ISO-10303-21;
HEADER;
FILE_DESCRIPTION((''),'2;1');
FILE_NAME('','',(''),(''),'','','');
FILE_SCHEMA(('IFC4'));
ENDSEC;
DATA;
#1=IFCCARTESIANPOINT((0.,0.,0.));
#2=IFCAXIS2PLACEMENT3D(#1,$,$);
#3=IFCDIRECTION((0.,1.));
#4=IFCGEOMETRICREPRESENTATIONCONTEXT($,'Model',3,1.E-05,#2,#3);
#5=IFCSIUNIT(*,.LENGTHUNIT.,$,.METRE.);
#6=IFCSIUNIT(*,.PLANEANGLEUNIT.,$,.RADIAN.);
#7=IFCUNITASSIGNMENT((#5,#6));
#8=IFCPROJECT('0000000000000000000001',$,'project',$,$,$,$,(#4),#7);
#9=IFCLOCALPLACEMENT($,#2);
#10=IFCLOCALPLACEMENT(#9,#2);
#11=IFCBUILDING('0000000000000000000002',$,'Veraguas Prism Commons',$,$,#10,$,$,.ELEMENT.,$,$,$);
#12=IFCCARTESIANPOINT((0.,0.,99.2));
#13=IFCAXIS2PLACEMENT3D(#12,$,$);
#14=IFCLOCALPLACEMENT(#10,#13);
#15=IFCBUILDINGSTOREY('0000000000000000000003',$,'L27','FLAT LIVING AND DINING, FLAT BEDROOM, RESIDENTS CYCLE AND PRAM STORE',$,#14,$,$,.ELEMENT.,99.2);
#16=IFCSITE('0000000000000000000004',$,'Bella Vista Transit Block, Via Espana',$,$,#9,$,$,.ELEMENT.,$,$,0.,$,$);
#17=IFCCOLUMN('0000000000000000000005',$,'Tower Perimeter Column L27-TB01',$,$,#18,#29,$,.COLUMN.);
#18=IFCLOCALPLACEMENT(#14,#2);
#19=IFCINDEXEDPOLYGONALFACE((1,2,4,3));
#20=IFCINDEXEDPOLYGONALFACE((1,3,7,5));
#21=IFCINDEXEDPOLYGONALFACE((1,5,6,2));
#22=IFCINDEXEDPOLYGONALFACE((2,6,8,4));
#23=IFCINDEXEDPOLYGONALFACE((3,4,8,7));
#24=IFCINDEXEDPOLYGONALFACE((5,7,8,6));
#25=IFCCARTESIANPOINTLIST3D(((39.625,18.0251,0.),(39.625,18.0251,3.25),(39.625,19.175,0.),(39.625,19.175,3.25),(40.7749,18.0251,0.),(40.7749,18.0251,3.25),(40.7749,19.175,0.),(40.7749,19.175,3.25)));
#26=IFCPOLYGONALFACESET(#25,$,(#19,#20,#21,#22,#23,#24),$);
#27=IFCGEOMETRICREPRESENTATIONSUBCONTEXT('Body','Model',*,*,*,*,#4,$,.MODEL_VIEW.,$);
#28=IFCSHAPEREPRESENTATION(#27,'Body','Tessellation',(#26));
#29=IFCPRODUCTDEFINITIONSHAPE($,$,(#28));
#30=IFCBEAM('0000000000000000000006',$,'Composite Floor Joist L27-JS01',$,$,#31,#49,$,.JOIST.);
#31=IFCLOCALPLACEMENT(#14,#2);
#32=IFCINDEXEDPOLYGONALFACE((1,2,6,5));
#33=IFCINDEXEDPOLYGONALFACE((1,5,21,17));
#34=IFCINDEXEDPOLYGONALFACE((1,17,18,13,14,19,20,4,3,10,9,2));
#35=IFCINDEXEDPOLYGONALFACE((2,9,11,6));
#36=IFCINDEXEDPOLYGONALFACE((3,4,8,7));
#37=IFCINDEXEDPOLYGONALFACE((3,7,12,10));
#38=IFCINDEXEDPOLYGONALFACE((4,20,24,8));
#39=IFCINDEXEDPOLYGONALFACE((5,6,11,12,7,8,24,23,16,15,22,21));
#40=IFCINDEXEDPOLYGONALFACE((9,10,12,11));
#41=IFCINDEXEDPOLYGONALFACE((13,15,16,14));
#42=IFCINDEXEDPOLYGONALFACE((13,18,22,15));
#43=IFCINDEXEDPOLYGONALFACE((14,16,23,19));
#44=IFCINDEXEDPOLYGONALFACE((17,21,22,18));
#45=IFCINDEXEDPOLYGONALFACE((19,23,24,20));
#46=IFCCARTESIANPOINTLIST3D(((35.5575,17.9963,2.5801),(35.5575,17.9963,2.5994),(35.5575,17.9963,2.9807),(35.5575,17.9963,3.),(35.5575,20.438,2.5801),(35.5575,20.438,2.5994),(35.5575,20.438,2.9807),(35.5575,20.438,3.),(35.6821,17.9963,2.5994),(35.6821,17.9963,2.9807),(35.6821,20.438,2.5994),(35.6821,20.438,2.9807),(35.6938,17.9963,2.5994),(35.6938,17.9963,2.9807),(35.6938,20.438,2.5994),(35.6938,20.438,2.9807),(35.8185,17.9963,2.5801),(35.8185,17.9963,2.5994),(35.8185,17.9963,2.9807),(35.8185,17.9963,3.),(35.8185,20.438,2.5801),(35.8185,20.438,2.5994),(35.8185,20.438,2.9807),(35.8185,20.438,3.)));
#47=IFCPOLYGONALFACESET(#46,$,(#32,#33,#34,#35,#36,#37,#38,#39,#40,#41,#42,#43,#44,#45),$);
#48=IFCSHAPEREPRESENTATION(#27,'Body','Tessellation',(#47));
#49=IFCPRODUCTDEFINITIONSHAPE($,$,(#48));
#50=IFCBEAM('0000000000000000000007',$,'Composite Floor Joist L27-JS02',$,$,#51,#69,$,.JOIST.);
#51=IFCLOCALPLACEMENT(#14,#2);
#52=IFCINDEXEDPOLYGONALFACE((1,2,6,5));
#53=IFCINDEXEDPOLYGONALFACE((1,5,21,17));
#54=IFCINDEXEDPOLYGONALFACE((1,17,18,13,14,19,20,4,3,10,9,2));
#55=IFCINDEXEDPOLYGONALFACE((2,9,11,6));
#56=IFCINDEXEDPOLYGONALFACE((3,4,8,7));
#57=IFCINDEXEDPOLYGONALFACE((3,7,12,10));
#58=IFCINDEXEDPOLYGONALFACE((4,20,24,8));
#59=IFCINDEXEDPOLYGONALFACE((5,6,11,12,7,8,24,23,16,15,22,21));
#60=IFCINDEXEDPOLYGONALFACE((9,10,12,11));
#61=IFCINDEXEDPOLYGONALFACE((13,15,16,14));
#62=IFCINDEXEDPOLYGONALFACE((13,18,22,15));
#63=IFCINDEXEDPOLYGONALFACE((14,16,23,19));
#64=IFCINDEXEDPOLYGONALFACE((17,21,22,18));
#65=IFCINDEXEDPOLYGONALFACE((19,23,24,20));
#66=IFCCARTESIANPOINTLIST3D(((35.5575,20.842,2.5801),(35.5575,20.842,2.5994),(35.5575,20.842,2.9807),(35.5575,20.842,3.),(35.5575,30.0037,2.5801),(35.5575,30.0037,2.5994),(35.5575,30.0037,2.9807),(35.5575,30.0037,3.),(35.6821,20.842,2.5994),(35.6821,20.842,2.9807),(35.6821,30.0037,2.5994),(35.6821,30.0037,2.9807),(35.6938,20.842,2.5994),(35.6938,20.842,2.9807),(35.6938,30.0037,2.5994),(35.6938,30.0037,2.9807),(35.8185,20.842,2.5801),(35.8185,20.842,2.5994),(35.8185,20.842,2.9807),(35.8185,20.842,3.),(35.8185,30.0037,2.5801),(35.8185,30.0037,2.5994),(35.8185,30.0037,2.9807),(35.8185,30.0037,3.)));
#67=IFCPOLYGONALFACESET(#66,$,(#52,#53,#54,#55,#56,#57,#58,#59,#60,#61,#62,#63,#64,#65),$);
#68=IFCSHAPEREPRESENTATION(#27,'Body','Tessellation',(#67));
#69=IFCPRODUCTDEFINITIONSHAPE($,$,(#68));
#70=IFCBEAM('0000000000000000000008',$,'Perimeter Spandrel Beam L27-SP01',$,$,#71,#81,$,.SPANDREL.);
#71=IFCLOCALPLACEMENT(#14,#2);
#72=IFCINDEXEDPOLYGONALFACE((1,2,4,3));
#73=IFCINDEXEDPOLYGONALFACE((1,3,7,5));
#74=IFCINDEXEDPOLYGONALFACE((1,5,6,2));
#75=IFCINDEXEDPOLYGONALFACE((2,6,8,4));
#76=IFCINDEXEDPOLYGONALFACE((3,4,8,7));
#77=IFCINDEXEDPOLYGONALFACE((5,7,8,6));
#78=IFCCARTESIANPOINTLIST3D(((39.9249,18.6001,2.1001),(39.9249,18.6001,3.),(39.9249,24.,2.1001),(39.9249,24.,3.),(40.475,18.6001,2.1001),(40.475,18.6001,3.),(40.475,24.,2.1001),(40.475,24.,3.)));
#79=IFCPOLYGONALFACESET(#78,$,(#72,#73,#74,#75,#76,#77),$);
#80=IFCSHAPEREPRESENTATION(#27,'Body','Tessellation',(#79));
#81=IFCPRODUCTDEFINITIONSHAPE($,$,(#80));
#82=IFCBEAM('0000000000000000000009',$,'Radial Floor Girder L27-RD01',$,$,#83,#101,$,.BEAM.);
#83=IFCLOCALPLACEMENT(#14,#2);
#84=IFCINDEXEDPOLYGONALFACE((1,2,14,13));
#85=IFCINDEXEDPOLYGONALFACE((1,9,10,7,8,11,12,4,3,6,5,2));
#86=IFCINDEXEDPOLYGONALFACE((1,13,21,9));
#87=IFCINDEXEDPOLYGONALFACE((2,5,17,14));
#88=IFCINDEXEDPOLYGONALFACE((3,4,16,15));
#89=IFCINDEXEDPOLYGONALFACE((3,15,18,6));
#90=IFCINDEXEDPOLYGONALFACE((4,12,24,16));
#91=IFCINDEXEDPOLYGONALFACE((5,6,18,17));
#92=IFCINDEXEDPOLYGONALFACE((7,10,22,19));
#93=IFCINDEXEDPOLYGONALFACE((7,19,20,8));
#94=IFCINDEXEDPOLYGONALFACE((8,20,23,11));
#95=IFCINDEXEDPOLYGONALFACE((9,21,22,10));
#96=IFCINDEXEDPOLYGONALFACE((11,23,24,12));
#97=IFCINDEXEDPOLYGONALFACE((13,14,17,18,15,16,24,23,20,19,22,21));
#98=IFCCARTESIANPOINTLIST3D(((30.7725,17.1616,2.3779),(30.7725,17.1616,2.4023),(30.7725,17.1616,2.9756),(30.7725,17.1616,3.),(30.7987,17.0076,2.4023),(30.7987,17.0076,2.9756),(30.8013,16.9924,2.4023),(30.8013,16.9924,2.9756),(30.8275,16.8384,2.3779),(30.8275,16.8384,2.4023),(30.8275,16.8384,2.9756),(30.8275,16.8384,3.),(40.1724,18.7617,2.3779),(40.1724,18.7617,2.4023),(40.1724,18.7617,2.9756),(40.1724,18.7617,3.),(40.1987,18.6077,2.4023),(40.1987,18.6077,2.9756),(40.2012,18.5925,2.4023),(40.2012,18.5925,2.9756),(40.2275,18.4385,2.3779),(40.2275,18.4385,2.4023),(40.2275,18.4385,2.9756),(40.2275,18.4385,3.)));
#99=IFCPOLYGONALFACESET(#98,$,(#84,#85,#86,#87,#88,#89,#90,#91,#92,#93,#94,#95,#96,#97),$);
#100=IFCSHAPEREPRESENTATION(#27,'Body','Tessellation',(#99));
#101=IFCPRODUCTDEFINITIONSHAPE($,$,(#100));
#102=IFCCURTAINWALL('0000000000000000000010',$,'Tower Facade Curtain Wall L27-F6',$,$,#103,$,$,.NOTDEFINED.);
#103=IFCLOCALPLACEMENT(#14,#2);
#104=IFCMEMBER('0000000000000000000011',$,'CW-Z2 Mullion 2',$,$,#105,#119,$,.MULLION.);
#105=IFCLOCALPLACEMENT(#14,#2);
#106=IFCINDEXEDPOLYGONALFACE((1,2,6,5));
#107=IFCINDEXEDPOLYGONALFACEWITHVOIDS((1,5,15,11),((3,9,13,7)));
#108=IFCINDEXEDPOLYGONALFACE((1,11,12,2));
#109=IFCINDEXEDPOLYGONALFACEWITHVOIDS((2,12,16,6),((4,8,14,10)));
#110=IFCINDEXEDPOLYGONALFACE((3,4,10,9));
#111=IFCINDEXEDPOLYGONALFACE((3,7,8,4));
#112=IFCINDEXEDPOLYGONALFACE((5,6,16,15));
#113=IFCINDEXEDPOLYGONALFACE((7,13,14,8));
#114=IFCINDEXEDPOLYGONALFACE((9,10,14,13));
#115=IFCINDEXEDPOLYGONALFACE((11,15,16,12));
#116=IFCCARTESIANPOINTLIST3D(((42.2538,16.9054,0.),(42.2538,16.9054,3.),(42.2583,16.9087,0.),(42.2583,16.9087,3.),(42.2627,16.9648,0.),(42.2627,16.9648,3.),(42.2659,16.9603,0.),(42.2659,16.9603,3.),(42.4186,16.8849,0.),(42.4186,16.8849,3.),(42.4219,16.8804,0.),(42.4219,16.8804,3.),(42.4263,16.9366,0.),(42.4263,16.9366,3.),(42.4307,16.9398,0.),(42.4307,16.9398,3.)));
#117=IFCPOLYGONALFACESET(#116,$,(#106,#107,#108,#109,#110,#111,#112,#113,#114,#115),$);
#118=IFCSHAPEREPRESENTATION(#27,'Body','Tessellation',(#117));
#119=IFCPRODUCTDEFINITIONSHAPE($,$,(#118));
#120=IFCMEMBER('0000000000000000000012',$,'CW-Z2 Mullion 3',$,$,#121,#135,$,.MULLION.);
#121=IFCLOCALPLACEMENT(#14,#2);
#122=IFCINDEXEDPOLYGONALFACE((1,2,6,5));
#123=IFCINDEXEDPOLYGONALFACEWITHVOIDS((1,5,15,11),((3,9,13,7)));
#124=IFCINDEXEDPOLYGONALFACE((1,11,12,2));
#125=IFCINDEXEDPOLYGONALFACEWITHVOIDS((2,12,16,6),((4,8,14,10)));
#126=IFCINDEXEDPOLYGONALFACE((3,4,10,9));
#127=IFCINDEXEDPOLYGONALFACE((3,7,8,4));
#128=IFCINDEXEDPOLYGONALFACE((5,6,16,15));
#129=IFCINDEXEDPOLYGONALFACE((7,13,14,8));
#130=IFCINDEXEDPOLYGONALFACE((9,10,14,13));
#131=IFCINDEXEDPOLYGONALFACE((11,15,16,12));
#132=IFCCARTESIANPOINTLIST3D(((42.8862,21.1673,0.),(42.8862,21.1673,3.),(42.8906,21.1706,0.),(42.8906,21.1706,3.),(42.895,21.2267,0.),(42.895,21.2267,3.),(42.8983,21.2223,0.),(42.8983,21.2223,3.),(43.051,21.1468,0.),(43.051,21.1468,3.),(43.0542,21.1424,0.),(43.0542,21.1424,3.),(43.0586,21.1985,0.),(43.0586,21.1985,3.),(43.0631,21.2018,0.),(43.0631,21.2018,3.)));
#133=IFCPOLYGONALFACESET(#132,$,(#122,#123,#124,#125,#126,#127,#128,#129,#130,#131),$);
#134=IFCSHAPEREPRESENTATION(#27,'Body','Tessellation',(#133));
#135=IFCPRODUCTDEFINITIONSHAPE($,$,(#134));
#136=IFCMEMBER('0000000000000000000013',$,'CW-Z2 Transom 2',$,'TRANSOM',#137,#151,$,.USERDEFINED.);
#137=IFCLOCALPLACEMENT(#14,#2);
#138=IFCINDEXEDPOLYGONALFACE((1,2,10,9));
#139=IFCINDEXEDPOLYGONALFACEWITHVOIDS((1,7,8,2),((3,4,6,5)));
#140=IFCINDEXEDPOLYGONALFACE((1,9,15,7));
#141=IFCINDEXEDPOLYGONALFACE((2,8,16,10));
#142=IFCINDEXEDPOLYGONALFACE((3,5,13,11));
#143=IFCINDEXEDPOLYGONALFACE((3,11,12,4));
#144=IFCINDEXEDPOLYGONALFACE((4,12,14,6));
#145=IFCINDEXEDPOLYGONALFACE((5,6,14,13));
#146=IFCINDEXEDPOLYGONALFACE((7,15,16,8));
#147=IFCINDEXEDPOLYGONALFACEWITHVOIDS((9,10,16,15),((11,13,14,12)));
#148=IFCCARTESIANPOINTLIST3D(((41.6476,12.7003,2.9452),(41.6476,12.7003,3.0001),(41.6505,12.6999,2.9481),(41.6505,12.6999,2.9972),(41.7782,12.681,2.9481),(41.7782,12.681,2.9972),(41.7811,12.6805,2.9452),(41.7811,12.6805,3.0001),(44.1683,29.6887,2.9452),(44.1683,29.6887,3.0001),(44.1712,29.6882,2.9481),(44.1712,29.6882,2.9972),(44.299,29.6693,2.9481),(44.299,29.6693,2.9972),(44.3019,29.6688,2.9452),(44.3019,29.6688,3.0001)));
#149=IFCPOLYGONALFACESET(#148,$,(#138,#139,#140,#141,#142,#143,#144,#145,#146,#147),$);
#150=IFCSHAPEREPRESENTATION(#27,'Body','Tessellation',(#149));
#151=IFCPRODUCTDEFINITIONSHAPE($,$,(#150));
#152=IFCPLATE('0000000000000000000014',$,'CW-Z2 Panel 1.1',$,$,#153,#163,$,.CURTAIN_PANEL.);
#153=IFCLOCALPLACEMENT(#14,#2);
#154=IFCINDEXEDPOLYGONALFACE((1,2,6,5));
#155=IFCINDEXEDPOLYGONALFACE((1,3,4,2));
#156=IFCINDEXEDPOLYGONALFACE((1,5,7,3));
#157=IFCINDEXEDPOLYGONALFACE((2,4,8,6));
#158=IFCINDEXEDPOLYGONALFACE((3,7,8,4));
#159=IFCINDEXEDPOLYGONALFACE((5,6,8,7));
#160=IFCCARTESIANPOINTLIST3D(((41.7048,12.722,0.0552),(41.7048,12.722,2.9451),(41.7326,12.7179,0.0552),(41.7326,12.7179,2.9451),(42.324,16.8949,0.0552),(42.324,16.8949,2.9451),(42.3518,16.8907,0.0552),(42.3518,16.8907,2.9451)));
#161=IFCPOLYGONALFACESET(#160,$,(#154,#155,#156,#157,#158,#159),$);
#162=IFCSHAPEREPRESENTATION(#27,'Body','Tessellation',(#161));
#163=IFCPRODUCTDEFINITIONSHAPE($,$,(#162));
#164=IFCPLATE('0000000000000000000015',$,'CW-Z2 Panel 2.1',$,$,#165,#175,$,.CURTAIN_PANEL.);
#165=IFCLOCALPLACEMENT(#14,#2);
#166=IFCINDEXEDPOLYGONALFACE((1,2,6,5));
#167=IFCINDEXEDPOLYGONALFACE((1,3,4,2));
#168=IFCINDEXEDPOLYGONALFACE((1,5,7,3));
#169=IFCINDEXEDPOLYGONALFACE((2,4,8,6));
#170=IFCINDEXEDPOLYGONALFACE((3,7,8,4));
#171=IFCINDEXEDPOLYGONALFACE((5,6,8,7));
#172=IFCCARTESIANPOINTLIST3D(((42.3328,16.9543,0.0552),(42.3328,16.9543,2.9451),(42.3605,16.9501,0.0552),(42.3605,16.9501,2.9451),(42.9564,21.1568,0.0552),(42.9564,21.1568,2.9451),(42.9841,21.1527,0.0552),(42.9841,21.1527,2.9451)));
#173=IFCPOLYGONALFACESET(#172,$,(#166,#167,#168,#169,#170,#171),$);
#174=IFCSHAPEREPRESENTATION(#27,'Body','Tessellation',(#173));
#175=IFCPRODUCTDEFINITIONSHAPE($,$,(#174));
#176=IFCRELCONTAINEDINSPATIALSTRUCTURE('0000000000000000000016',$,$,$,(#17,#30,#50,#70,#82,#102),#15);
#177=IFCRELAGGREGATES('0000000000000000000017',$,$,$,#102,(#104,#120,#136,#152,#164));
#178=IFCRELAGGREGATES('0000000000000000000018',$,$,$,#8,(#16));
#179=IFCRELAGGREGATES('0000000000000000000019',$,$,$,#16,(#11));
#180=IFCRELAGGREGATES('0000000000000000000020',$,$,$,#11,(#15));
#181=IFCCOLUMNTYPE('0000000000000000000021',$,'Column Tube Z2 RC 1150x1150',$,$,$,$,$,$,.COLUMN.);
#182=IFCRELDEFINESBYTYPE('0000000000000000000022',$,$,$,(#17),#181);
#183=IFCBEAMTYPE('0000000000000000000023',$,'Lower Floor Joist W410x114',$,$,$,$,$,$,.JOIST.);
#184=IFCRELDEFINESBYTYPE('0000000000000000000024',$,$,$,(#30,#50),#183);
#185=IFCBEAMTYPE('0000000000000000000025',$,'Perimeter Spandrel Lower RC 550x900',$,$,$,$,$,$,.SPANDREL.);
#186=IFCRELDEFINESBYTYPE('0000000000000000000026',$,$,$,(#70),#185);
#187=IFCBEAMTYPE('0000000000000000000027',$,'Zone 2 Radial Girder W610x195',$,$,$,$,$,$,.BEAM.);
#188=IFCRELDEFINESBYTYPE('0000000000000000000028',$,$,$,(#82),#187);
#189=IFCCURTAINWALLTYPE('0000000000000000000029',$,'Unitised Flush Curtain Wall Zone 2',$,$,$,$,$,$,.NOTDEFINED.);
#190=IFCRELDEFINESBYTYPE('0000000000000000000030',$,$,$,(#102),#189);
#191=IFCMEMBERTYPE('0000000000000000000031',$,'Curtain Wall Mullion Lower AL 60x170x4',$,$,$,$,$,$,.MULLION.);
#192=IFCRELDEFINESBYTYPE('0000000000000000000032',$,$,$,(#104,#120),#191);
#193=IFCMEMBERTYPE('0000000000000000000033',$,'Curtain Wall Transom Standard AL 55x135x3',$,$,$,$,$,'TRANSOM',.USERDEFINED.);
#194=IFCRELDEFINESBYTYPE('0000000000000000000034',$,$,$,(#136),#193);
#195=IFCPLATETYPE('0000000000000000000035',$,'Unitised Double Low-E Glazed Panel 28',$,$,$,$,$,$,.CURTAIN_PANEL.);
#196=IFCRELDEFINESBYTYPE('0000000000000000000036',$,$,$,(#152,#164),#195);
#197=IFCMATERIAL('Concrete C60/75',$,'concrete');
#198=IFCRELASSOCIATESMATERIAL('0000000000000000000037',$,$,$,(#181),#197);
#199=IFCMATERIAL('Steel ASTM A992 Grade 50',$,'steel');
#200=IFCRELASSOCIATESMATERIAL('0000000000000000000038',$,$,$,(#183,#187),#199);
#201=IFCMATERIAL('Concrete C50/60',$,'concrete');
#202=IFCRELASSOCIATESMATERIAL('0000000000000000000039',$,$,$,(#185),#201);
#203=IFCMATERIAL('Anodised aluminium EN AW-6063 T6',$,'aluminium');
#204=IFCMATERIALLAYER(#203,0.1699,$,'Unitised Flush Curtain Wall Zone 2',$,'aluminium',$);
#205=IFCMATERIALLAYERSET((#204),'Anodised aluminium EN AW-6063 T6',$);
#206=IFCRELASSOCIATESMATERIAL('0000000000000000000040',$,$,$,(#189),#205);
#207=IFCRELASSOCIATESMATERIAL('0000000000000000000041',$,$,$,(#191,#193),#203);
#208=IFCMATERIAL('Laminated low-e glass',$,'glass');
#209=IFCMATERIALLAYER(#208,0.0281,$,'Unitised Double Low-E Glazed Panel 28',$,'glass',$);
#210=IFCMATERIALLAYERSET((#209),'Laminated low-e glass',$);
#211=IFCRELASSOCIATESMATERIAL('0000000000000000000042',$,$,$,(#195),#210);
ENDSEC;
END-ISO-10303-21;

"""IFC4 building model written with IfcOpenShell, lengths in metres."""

from ifc_helpers import new_model, si_unit, direction, frame, origin, origin_2d, place, context, subcontext, project, spatial, rectangle, hollow_rectangle, i_section, extrude, source, transform, mapped, material, layer, layer_set, material_profile, profile_set, type_object, element, aggregate, save


model = new_model("IFC4")

# Units and contexts
model_context = context("Model", 3, precision=1e-05, world=origin(), true_north=direction((0.0, 1.0)))
body_context = subcontext(model_context, "Body", "Model", "MODEL_VIEW")
ifc_project = project(units=[si_unit("LENGTHUNIT", "METRE"), si_unit("PLANEANGLEUNIT", "RADIAN")], contexts=[model_context])

# Site, building, storey
site_placement = place(None, origin())
site = spatial("IfcSite", under=ifc_project, at=site_placement, Name="Bella Vista Transit Block, Via Espana", CompositionType="ELEMENT", RefElevation=0.0)
building_placement = place(site_placement, origin())
building = spatial("IfcBuilding", under=site, at=building_placement, Name="Veraguas Prism Commons", CompositionType="ELEMENT")
storey_placement = place(building_placement, frame((0.0, 0.0, 99.2)))
storey = spatial("IfcBuildingStorey", under=building, at=storey_placement, Name="L27", Description="FLAT LIVING AND DINING, FLAT BEDROOM, RESIDENTS CYCLE AND PRAM STORE", CompositionType="ELEMENT", Elevation=99.2)

# Column
ifc_material_1 = material(Name="Concrete C60/75", Category="concrete")
ifc_material_profile_1 = material_profile(ifc_material_1, rectangle(XDim=1.1499, YDim=1.1499, at=origin_2d()), Name="RC1150X1150")
ifc_profile_set_1 = profile_set([ifc_material_profile_1], Name="Concrete C60/75")
column_type = type_object("IfcColumnType", Name="Column Tube Z2 RC 1150x1150", PredefinedType="COLUMN", material=ifc_profile_set_1)
column_placement = place(storey_placement, frame((40.2, 18.6001, 0.0), z_axis=(0.0, 0.0, 1.0), x_axis=(1.0, 0.0, 0.0)))
element("IfcColumn", 1, at=column_placement, inside=storey, type_object=column_type, Name="Tower Perimeter Column L27-TB01", PredefinedType="COLUMN", context=body_context, shape_type="SweptSolid", body=[
    extrude(rectangle(XDim=1.1499, YDim=1.1499, at=origin_2d()), origin(), (0.0, 0.0, 1.0), 3.25),
])

# Beams
ifc_material_2 = material(Name="Steel ASTM A992 Grade 50", Category="steel")
ifc_material_profile_2 = material_profile(ifc_material_2, i_section(OverallWidth=0.261, OverallDepth=0.4199, WebThickness=0.0117, FlangeThickness=0.0193, at=origin_2d()), Name="W410X114")
ifc_profile_set_2 = profile_set([ifc_material_profile_2], Name="Steel ASTM A992 Grade 50")
beam_type_1 = type_object("IfcBeamType", Name="Lower Floor Joist W410x114", PredefinedType="JOIST", material=ifc_profile_set_2)
beam_1_placement = place(storey_placement, frame((35.688, 17.9963, 2.79), z_axis=(0.0, 1.0, 0.0), x_axis=(-1.0, 0.0, 0.0)))
element("IfcBeam", 2, at=beam_1_placement, inside=storey, type_object=beam_type_1, Name="Composite Floor Joist L27-JS01", PredefinedType="JOIST", context=body_context, shape_type="SweptSolid", body=[
    extrude(i_section(OverallWidth=0.261, OverallDepth=0.4199, WebThickness=0.0117, FlangeThickness=0.0193, at=origin_2d()), origin(), (0.0, 0.0, 1.0), 2.4417),
])
beam_2_placement = place(storey_placement, frame((35.688, 20.842, 2.79), z_axis=(0.0, 1.0, 0.0), x_axis=(-1.0, 0.0, 0.0)))
element("IfcBeam", 3, at=beam_2_placement, inside=storey, type_object=beam_type_1, Name="Composite Floor Joist L27-JS02", PredefinedType="JOIST", context=body_context, shape_type="SweptSolid", body=[
    extrude(i_section(OverallWidth=0.261, OverallDepth=0.4199, WebThickness=0.0117, FlangeThickness=0.0193, at=origin_2d()), origin(), (0.0, 0.0, 1.0), 9.1616),
])
ifc_material_3 = material(Name="Concrete C50/60", Category="concrete")
ifc_material_profile_3 = material_profile(ifc_material_3, rectangle(XDim=0.55, YDim=0.8999, at=origin_2d()), Name="RC550X900")
ifc_profile_set_3 = profile_set([ifc_material_profile_3], Name="Concrete C50/60")
beam_type_2 = type_object("IfcBeamType", Name="Perimeter Spandrel Lower RC 550x900", PredefinedType="SPANDREL", material=ifc_profile_set_3)
beam_3_placement = place(storey_placement, frame((40.2, 18.6001, 2.55), z_axis=(0.0, 1.0, 0.0), x_axis=(-1.0, 0.0, 0.0)))
element("IfcBeam", 4, at=beam_3_placement, inside=storey, type_object=beam_type_2, Name="Perimeter Spandrel Beam L27-SP01", PredefinedType="SPANDREL", context=body_context, shape_type="SweptSolid", body=[
    extrude(rectangle(XDim=0.55, YDim=0.8999, at=origin_2d()), origin(), (0.0, 0.0, 1.0), 5.3999),
])
ifc_material_profile_4 = material_profile(ifc_material_2, i_section(OverallWidth=0.3279, OverallDepth=0.6221, WebThickness=0.0154, FlangeThickness=0.0244, at=origin_2d()), Name="W610X195")
ifc_profile_set_4 = profile_set([ifc_material_profile_4], Name="Steel ASTM A992 Grade 50")
beam_type_3 = type_object("IfcBeamType", Name="Zone 2 Radial Girder W610x195", PredefinedType="BEAM", material=ifc_profile_set_4)
beam_4_placement = place(storey_placement, frame((40.2, 18.6001, 2.689), z_axis=(-0.985819, -0.167811, 0.0), x_axis=(0.167811, -0.985819, 0.0)))
element("IfcBeam", 5, at=beam_4_placement, inside=storey, type_object=beam_type_3, Name="Radial Floor Girder L27-RD01", PredefinedType="BEAM", context=body_context, shape_type="SweptSolid", body=[
    extrude(i_section(OverallWidth=0.3279, OverallDepth=0.6221, WebThickness=0.0154, FlangeThickness=0.0244, at=origin_2d()), origin(), (0.0, 0.0, 1.0), 9.5352),
])

# Curtain wall, members, plates
ifc_material_4 = material(Name="Anodised aluminium EN AW-6063 T6", Category="aluminium")
ifc_layer_1 = layer(ifc_material_4, 0.1699, Name="Unitised Flush Curtain Wall Zone 2", Category="aluminium")
ifc_layer_set_1 = layer_set([ifc_layer_1], Name="Anodised aluminium EN AW-6063 T6")
curtain_wall_type = type_object("IfcCurtainWallType", Name="Unitised Flush Curtain Wall Zone 2", PredefinedType="NOTDEFINED", material=ifc_layer_set_1)
curtain_wall_placement = place(storey_placement, origin())
curtain_wall = element("IfcCurtainWall", 6, at=curtain_wall_placement, inside=storey, type_object=curtain_wall_type, Name="Tower Facade Curtain Wall L27-F6", PredefinedType="NOTDEFINED")
ifc_material_profile_5 = material_profile(ifc_material_4, hollow_rectangle(XDim=0.0601, YDim=0.1699, WallThickness=0.0039, at=origin_2d()), Name="AL60X170X4")
ifc_profile_set_5 = profile_set([ifc_material_profile_5], Name="Anodised aluminium EN AW-6063 T6")
member_type_1 = type_object("IfcMemberType", Name="Curtain Wall Mullion Lower AL 60x170x4", PredefinedType="MULLION", material=ifc_profile_set_5)
shared_shape_1 = source(origin(), body_context, "Body", "SweptSolid", [
    extrude(hollow_rectangle(XDim=0.0601, YDim=0.1699, WallThickness=0.0039, at=origin_2d()), origin(), (0.0, 0.0, 1.0), 3.0),
])
member_1_placement = place(storey_placement, frame((42.3423, 16.9226, 0.0), z_axis=(0.0, 0.0, 1.0), x_axis=(0.146777, 0.98917, 0.0)))
member_1 = element("IfcMember", 7, at=member_1_placement, type_object=member_type_1, Name="CW-Z2 Mullion 2", PredefinedType="MULLION", context=body_context, shape_type="MappedRepresentation", body=[
    mapped(shared_shape_1, transform((0.0, 0.0, 0.0), scale=1.0)),
])
member_2_placement = place(storey_placement, frame((42.9746, 21.1846, 0.0), z_axis=(0.0, 0.0, 1.0), x_axis=(0.146777, 0.98917, 0.0)))
member_2 = element("IfcMember", 8, at=member_2_placement, type_object=member_type_1, Name="CW-Z2 Mullion 3", PredefinedType="MULLION", context=body_context, shape_type="MappedRepresentation", body=[
    mapped(shared_shape_1, transform((0.0, 0.0, 0.0), scale=1.0)),
])
ifc_material_profile_6 = material_profile(ifc_material_4, hollow_rectangle(XDim=0.0549, YDim=0.135, WallThickness=0.0029, at=origin_2d()), Name="AL55X135X3")
ifc_profile_set_6 = profile_set([ifc_material_profile_6], Name="Anodised aluminium EN AW-6063 T6")
member_type_2 = type_object("IfcMemberType", Name="Curtain Wall Transom Standard AL 55x135x3", ElementType="TRANSOM", PredefinedType="USERDEFINED", material=ifc_profile_set_6)
shared_shape_2 = source(origin(), body_context, "Body", "SweptSolid", [
    extrude(hollow_rectangle(XDim=0.0549, YDim=0.135, WallThickness=0.0029, at=origin_2d()), origin(), (0.0, 0.0, 1.0), 17.1743),
])
member_3_placement = place(storey_placement, frame((41.7144, 12.6904, 2.9727), z_axis=(0.146775, 0.98917, 0.0), x_axis=(0.0, 0.0, 1.0)))
member_3 = element("IfcMember", 9, at=member_3_placement, type_object=member_type_2, Name="CW-Z2 Transom 2", ObjectType="TRANSOM", PredefinedType="USERDEFINED", context=body_context, shape_type="MappedRepresentation", body=[
    mapped(shared_shape_2, transform((0.0, 0.0, 0.0), scale=1.0)),
])
ifc_material_5 = material(Name="Laminated low-e glass", Category="glass")
ifc_layer_2 = layer(ifc_material_5, 0.0281, Name="Unitised Double Low-E Glazed Panel 28", Category="glass")
ifc_layer_set_2 = layer_set([ifc_layer_2], Name="Laminated low-e glass")
plate_type = type_object("IfcPlateType", Name="Unitised Double Low-E Glazed Panel 28", PredefinedType="CURTAIN_PANEL", material=ifc_layer_set_2)
shared_shape_3 = source(origin(), body_context, "Body", "SweptSolid", [
    extrude(rectangle(XDim=4.2185, YDim=0.0281, at=origin_2d()), origin(), (0.0, 0.0, 1.0), 2.8899),
])
plate_1_placement = place(storey_placement, frame((42.0283, 14.8064, 0.0552), z_axis=(0.0, 0.0, 1.0), x_axis=(0.146777, 0.98917, 0.0)))
plate_1 = element("IfcPlate", 10, at=plate_1_placement, type_object=plate_type, Name="CW-Z2 Panel 1.1", PredefinedType="CURTAIN_PANEL", context=body_context, shape_type="MappedRepresentation", body=[
    mapped(shared_shape_3, transform((0.0, 0.0, 0.0), scale=1.0)),
])
shared_shape_4 = source(origin(), body_context, "Body", "SweptSolid", [
    extrude(rectangle(XDim=4.2485, YDim=0.0281, at=origin_2d()), origin(), (0.0, 0.0, 1.0), 2.8899),
])
plate_2_placement = place(storey_placement, frame((42.6584, 19.0535, 0.0552), z_axis=(0.0, 0.0, 1.0), x_axis=(0.146777, 0.98917, 0.0)))
plate_2 = element("IfcPlate", 11, at=plate_2_placement, type_object=plate_type, Name="CW-Z2 Panel 2.1", PredefinedType="CURTAIN_PANEL", context=body_context, shape_type="MappedRepresentation", body=[
    mapped(shared_shape_4, transform((0.0, 0.0, 0.0), scale=1.0)),
])
aggregate(curtain_wall, [member_1, member_2, member_3, plate_1, plate_2])

save(model, "model.ifc")
